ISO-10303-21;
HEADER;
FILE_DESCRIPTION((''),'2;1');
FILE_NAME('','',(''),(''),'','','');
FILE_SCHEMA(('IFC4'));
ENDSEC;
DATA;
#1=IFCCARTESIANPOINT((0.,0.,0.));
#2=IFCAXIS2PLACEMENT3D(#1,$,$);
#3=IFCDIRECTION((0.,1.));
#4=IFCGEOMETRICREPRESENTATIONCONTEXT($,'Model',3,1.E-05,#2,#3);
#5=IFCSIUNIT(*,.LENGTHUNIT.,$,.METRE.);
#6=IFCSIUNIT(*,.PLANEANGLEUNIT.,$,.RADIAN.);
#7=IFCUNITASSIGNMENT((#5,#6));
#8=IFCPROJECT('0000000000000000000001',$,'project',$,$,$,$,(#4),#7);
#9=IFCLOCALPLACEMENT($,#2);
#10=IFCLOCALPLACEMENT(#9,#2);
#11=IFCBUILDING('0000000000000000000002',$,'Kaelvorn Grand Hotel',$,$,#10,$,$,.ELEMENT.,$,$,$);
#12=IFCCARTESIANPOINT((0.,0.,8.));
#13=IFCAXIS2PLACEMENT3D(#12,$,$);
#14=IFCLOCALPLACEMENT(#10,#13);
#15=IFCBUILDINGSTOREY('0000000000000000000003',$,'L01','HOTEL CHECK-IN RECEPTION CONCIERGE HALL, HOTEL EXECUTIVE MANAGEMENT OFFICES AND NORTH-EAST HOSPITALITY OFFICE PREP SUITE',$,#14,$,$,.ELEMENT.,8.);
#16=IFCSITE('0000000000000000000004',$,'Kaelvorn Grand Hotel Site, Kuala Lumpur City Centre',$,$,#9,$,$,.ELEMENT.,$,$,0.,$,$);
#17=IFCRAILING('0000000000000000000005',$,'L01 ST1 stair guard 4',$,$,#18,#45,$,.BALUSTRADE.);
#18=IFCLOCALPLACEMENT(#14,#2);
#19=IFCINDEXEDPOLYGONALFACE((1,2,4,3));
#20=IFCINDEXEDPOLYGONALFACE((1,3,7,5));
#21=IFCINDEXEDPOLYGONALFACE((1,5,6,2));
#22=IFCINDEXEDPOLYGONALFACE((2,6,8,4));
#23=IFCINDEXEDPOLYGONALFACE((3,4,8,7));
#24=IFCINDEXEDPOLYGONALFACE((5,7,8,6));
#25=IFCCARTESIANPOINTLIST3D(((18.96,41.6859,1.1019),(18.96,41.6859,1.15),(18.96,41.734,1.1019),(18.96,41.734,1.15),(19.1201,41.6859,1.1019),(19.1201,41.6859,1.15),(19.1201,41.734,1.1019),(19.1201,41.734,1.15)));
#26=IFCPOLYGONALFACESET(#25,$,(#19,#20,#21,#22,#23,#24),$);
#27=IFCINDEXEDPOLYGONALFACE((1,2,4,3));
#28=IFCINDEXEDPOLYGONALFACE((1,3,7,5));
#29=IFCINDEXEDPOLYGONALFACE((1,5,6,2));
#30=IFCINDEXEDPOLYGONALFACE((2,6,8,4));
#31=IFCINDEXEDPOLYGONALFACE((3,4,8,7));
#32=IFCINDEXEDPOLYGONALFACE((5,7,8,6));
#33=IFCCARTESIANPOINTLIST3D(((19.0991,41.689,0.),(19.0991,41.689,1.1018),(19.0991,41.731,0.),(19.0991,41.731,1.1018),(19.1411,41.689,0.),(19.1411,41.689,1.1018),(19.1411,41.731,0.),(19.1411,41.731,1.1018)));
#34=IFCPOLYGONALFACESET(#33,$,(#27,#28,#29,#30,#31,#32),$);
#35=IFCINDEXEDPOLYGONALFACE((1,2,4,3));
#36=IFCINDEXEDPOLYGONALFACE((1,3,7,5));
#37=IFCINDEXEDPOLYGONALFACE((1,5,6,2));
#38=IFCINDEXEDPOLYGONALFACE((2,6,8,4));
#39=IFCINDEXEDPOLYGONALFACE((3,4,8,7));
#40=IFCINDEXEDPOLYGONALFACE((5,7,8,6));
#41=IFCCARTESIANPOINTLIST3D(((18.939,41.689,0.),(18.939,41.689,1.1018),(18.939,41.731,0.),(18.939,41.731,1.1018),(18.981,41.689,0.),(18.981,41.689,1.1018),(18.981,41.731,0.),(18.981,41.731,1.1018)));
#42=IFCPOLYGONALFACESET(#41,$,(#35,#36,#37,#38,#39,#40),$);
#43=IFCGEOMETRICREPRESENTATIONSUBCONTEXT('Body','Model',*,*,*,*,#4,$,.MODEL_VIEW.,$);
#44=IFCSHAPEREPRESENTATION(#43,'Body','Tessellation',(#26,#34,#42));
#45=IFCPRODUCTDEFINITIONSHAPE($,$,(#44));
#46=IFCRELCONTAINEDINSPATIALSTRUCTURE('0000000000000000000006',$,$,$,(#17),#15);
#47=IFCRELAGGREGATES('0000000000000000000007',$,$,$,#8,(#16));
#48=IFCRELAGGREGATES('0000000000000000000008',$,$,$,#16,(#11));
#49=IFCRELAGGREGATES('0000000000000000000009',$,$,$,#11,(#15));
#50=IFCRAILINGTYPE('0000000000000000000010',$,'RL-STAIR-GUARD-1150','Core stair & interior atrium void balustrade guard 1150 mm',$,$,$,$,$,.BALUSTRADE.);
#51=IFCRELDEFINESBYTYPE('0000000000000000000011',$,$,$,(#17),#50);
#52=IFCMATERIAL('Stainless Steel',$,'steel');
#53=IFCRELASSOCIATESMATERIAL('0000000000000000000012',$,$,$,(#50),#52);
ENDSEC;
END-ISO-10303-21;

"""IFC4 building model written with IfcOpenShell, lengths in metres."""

from ifc_helpers import new_model, si_unit, direction, frame, origin, origin_2d, place, context, subcontext, project, spatial, rectangle, extrude, material, type_object, element, save


model = new_model("IFC4")

# Units and contexts
model_context = context("Model", 3, precision=1e-05, world=origin(), true_north=direction((0.0, 1.0)))
body_context = subcontext(model_context, "Body", "Model", "MODEL_VIEW")
ifc_project = project(units=[si_unit("LENGTHUNIT", "METRE"), si_unit("PLANEANGLEUNIT", "RADIAN")], contexts=[model_context])

# Site, building, storey
site_placement = place(None, origin())
site = spatial("IfcSite", under=ifc_project, at=site_placement, Name="Kaelvorn Grand Hotel Site, Kuala Lumpur City Centre", CompositionType="ELEMENT", RefElevation=0.0)
building_placement = place(site_placement, origin())
building = spatial("IfcBuilding", under=site, at=building_placement, Name="Kaelvorn Grand Hotel", CompositionType="ELEMENT")
storey_placement = place(building_placement, frame((0.0, 0.0, 8.0)))
storey = spatial("IfcBuildingStorey", under=building, at=storey_placement, Name="L01", Description="HOTEL CHECK-IN RECEPTION CONCIERGE HALL, HOTEL EXECUTIVE MANAGEMENT OFFICES AND NORTH-EAST HOSPITALITY OFFICE PREP SUITE", CompositionType="ELEMENT", Elevation=8.0)

# Shared definitions
ifc_material_1 = material(Name="Stainless Steel", Category="steel")

# Railing
railing_type_1 = type_object("IfcRailingType", Name="RL-STAIR-GUARD-1150", Description="Core stair & interior atrium void balustrade guard 1150 mm", PredefinedType="BALUSTRADE", material=ifc_material_1)
railing_1_placement = place(storey_placement, frame((19.1201, 41.71, 0.0)))
element("IfcRailing", 1, at=railing_1_placement, inside=storey, type_object=railing_type_1, Name="L01 ST1 stair guard 4", PredefinedType="BALUSTRADE", context=body_context, shape_type="SweptSolid", body=[
    extrude(rectangle(XDim=0.0481, YDim=0.0481, at=origin_2d()), frame((0.0, 0.0, 1.126), z_axis=(-1.0, 0.0, 0.0), x_axis=(0.0, -1.0, 0.0)), (0.0, 0.0, 1.0), 0.1602),
    extrude(rectangle(XDim=0.042, YDim=0.042, at=origin_2d()), origin(), (0.0, 0.0, 1.0), 1.1018),
    extrude(rectangle(XDim=0.042, YDim=0.042, at=origin_2d()), frame((-0.1602, 0.0, 0.0)), (0.0, 0.0, 1.0), 1.1018),
])

save(model, "model.ifc")
